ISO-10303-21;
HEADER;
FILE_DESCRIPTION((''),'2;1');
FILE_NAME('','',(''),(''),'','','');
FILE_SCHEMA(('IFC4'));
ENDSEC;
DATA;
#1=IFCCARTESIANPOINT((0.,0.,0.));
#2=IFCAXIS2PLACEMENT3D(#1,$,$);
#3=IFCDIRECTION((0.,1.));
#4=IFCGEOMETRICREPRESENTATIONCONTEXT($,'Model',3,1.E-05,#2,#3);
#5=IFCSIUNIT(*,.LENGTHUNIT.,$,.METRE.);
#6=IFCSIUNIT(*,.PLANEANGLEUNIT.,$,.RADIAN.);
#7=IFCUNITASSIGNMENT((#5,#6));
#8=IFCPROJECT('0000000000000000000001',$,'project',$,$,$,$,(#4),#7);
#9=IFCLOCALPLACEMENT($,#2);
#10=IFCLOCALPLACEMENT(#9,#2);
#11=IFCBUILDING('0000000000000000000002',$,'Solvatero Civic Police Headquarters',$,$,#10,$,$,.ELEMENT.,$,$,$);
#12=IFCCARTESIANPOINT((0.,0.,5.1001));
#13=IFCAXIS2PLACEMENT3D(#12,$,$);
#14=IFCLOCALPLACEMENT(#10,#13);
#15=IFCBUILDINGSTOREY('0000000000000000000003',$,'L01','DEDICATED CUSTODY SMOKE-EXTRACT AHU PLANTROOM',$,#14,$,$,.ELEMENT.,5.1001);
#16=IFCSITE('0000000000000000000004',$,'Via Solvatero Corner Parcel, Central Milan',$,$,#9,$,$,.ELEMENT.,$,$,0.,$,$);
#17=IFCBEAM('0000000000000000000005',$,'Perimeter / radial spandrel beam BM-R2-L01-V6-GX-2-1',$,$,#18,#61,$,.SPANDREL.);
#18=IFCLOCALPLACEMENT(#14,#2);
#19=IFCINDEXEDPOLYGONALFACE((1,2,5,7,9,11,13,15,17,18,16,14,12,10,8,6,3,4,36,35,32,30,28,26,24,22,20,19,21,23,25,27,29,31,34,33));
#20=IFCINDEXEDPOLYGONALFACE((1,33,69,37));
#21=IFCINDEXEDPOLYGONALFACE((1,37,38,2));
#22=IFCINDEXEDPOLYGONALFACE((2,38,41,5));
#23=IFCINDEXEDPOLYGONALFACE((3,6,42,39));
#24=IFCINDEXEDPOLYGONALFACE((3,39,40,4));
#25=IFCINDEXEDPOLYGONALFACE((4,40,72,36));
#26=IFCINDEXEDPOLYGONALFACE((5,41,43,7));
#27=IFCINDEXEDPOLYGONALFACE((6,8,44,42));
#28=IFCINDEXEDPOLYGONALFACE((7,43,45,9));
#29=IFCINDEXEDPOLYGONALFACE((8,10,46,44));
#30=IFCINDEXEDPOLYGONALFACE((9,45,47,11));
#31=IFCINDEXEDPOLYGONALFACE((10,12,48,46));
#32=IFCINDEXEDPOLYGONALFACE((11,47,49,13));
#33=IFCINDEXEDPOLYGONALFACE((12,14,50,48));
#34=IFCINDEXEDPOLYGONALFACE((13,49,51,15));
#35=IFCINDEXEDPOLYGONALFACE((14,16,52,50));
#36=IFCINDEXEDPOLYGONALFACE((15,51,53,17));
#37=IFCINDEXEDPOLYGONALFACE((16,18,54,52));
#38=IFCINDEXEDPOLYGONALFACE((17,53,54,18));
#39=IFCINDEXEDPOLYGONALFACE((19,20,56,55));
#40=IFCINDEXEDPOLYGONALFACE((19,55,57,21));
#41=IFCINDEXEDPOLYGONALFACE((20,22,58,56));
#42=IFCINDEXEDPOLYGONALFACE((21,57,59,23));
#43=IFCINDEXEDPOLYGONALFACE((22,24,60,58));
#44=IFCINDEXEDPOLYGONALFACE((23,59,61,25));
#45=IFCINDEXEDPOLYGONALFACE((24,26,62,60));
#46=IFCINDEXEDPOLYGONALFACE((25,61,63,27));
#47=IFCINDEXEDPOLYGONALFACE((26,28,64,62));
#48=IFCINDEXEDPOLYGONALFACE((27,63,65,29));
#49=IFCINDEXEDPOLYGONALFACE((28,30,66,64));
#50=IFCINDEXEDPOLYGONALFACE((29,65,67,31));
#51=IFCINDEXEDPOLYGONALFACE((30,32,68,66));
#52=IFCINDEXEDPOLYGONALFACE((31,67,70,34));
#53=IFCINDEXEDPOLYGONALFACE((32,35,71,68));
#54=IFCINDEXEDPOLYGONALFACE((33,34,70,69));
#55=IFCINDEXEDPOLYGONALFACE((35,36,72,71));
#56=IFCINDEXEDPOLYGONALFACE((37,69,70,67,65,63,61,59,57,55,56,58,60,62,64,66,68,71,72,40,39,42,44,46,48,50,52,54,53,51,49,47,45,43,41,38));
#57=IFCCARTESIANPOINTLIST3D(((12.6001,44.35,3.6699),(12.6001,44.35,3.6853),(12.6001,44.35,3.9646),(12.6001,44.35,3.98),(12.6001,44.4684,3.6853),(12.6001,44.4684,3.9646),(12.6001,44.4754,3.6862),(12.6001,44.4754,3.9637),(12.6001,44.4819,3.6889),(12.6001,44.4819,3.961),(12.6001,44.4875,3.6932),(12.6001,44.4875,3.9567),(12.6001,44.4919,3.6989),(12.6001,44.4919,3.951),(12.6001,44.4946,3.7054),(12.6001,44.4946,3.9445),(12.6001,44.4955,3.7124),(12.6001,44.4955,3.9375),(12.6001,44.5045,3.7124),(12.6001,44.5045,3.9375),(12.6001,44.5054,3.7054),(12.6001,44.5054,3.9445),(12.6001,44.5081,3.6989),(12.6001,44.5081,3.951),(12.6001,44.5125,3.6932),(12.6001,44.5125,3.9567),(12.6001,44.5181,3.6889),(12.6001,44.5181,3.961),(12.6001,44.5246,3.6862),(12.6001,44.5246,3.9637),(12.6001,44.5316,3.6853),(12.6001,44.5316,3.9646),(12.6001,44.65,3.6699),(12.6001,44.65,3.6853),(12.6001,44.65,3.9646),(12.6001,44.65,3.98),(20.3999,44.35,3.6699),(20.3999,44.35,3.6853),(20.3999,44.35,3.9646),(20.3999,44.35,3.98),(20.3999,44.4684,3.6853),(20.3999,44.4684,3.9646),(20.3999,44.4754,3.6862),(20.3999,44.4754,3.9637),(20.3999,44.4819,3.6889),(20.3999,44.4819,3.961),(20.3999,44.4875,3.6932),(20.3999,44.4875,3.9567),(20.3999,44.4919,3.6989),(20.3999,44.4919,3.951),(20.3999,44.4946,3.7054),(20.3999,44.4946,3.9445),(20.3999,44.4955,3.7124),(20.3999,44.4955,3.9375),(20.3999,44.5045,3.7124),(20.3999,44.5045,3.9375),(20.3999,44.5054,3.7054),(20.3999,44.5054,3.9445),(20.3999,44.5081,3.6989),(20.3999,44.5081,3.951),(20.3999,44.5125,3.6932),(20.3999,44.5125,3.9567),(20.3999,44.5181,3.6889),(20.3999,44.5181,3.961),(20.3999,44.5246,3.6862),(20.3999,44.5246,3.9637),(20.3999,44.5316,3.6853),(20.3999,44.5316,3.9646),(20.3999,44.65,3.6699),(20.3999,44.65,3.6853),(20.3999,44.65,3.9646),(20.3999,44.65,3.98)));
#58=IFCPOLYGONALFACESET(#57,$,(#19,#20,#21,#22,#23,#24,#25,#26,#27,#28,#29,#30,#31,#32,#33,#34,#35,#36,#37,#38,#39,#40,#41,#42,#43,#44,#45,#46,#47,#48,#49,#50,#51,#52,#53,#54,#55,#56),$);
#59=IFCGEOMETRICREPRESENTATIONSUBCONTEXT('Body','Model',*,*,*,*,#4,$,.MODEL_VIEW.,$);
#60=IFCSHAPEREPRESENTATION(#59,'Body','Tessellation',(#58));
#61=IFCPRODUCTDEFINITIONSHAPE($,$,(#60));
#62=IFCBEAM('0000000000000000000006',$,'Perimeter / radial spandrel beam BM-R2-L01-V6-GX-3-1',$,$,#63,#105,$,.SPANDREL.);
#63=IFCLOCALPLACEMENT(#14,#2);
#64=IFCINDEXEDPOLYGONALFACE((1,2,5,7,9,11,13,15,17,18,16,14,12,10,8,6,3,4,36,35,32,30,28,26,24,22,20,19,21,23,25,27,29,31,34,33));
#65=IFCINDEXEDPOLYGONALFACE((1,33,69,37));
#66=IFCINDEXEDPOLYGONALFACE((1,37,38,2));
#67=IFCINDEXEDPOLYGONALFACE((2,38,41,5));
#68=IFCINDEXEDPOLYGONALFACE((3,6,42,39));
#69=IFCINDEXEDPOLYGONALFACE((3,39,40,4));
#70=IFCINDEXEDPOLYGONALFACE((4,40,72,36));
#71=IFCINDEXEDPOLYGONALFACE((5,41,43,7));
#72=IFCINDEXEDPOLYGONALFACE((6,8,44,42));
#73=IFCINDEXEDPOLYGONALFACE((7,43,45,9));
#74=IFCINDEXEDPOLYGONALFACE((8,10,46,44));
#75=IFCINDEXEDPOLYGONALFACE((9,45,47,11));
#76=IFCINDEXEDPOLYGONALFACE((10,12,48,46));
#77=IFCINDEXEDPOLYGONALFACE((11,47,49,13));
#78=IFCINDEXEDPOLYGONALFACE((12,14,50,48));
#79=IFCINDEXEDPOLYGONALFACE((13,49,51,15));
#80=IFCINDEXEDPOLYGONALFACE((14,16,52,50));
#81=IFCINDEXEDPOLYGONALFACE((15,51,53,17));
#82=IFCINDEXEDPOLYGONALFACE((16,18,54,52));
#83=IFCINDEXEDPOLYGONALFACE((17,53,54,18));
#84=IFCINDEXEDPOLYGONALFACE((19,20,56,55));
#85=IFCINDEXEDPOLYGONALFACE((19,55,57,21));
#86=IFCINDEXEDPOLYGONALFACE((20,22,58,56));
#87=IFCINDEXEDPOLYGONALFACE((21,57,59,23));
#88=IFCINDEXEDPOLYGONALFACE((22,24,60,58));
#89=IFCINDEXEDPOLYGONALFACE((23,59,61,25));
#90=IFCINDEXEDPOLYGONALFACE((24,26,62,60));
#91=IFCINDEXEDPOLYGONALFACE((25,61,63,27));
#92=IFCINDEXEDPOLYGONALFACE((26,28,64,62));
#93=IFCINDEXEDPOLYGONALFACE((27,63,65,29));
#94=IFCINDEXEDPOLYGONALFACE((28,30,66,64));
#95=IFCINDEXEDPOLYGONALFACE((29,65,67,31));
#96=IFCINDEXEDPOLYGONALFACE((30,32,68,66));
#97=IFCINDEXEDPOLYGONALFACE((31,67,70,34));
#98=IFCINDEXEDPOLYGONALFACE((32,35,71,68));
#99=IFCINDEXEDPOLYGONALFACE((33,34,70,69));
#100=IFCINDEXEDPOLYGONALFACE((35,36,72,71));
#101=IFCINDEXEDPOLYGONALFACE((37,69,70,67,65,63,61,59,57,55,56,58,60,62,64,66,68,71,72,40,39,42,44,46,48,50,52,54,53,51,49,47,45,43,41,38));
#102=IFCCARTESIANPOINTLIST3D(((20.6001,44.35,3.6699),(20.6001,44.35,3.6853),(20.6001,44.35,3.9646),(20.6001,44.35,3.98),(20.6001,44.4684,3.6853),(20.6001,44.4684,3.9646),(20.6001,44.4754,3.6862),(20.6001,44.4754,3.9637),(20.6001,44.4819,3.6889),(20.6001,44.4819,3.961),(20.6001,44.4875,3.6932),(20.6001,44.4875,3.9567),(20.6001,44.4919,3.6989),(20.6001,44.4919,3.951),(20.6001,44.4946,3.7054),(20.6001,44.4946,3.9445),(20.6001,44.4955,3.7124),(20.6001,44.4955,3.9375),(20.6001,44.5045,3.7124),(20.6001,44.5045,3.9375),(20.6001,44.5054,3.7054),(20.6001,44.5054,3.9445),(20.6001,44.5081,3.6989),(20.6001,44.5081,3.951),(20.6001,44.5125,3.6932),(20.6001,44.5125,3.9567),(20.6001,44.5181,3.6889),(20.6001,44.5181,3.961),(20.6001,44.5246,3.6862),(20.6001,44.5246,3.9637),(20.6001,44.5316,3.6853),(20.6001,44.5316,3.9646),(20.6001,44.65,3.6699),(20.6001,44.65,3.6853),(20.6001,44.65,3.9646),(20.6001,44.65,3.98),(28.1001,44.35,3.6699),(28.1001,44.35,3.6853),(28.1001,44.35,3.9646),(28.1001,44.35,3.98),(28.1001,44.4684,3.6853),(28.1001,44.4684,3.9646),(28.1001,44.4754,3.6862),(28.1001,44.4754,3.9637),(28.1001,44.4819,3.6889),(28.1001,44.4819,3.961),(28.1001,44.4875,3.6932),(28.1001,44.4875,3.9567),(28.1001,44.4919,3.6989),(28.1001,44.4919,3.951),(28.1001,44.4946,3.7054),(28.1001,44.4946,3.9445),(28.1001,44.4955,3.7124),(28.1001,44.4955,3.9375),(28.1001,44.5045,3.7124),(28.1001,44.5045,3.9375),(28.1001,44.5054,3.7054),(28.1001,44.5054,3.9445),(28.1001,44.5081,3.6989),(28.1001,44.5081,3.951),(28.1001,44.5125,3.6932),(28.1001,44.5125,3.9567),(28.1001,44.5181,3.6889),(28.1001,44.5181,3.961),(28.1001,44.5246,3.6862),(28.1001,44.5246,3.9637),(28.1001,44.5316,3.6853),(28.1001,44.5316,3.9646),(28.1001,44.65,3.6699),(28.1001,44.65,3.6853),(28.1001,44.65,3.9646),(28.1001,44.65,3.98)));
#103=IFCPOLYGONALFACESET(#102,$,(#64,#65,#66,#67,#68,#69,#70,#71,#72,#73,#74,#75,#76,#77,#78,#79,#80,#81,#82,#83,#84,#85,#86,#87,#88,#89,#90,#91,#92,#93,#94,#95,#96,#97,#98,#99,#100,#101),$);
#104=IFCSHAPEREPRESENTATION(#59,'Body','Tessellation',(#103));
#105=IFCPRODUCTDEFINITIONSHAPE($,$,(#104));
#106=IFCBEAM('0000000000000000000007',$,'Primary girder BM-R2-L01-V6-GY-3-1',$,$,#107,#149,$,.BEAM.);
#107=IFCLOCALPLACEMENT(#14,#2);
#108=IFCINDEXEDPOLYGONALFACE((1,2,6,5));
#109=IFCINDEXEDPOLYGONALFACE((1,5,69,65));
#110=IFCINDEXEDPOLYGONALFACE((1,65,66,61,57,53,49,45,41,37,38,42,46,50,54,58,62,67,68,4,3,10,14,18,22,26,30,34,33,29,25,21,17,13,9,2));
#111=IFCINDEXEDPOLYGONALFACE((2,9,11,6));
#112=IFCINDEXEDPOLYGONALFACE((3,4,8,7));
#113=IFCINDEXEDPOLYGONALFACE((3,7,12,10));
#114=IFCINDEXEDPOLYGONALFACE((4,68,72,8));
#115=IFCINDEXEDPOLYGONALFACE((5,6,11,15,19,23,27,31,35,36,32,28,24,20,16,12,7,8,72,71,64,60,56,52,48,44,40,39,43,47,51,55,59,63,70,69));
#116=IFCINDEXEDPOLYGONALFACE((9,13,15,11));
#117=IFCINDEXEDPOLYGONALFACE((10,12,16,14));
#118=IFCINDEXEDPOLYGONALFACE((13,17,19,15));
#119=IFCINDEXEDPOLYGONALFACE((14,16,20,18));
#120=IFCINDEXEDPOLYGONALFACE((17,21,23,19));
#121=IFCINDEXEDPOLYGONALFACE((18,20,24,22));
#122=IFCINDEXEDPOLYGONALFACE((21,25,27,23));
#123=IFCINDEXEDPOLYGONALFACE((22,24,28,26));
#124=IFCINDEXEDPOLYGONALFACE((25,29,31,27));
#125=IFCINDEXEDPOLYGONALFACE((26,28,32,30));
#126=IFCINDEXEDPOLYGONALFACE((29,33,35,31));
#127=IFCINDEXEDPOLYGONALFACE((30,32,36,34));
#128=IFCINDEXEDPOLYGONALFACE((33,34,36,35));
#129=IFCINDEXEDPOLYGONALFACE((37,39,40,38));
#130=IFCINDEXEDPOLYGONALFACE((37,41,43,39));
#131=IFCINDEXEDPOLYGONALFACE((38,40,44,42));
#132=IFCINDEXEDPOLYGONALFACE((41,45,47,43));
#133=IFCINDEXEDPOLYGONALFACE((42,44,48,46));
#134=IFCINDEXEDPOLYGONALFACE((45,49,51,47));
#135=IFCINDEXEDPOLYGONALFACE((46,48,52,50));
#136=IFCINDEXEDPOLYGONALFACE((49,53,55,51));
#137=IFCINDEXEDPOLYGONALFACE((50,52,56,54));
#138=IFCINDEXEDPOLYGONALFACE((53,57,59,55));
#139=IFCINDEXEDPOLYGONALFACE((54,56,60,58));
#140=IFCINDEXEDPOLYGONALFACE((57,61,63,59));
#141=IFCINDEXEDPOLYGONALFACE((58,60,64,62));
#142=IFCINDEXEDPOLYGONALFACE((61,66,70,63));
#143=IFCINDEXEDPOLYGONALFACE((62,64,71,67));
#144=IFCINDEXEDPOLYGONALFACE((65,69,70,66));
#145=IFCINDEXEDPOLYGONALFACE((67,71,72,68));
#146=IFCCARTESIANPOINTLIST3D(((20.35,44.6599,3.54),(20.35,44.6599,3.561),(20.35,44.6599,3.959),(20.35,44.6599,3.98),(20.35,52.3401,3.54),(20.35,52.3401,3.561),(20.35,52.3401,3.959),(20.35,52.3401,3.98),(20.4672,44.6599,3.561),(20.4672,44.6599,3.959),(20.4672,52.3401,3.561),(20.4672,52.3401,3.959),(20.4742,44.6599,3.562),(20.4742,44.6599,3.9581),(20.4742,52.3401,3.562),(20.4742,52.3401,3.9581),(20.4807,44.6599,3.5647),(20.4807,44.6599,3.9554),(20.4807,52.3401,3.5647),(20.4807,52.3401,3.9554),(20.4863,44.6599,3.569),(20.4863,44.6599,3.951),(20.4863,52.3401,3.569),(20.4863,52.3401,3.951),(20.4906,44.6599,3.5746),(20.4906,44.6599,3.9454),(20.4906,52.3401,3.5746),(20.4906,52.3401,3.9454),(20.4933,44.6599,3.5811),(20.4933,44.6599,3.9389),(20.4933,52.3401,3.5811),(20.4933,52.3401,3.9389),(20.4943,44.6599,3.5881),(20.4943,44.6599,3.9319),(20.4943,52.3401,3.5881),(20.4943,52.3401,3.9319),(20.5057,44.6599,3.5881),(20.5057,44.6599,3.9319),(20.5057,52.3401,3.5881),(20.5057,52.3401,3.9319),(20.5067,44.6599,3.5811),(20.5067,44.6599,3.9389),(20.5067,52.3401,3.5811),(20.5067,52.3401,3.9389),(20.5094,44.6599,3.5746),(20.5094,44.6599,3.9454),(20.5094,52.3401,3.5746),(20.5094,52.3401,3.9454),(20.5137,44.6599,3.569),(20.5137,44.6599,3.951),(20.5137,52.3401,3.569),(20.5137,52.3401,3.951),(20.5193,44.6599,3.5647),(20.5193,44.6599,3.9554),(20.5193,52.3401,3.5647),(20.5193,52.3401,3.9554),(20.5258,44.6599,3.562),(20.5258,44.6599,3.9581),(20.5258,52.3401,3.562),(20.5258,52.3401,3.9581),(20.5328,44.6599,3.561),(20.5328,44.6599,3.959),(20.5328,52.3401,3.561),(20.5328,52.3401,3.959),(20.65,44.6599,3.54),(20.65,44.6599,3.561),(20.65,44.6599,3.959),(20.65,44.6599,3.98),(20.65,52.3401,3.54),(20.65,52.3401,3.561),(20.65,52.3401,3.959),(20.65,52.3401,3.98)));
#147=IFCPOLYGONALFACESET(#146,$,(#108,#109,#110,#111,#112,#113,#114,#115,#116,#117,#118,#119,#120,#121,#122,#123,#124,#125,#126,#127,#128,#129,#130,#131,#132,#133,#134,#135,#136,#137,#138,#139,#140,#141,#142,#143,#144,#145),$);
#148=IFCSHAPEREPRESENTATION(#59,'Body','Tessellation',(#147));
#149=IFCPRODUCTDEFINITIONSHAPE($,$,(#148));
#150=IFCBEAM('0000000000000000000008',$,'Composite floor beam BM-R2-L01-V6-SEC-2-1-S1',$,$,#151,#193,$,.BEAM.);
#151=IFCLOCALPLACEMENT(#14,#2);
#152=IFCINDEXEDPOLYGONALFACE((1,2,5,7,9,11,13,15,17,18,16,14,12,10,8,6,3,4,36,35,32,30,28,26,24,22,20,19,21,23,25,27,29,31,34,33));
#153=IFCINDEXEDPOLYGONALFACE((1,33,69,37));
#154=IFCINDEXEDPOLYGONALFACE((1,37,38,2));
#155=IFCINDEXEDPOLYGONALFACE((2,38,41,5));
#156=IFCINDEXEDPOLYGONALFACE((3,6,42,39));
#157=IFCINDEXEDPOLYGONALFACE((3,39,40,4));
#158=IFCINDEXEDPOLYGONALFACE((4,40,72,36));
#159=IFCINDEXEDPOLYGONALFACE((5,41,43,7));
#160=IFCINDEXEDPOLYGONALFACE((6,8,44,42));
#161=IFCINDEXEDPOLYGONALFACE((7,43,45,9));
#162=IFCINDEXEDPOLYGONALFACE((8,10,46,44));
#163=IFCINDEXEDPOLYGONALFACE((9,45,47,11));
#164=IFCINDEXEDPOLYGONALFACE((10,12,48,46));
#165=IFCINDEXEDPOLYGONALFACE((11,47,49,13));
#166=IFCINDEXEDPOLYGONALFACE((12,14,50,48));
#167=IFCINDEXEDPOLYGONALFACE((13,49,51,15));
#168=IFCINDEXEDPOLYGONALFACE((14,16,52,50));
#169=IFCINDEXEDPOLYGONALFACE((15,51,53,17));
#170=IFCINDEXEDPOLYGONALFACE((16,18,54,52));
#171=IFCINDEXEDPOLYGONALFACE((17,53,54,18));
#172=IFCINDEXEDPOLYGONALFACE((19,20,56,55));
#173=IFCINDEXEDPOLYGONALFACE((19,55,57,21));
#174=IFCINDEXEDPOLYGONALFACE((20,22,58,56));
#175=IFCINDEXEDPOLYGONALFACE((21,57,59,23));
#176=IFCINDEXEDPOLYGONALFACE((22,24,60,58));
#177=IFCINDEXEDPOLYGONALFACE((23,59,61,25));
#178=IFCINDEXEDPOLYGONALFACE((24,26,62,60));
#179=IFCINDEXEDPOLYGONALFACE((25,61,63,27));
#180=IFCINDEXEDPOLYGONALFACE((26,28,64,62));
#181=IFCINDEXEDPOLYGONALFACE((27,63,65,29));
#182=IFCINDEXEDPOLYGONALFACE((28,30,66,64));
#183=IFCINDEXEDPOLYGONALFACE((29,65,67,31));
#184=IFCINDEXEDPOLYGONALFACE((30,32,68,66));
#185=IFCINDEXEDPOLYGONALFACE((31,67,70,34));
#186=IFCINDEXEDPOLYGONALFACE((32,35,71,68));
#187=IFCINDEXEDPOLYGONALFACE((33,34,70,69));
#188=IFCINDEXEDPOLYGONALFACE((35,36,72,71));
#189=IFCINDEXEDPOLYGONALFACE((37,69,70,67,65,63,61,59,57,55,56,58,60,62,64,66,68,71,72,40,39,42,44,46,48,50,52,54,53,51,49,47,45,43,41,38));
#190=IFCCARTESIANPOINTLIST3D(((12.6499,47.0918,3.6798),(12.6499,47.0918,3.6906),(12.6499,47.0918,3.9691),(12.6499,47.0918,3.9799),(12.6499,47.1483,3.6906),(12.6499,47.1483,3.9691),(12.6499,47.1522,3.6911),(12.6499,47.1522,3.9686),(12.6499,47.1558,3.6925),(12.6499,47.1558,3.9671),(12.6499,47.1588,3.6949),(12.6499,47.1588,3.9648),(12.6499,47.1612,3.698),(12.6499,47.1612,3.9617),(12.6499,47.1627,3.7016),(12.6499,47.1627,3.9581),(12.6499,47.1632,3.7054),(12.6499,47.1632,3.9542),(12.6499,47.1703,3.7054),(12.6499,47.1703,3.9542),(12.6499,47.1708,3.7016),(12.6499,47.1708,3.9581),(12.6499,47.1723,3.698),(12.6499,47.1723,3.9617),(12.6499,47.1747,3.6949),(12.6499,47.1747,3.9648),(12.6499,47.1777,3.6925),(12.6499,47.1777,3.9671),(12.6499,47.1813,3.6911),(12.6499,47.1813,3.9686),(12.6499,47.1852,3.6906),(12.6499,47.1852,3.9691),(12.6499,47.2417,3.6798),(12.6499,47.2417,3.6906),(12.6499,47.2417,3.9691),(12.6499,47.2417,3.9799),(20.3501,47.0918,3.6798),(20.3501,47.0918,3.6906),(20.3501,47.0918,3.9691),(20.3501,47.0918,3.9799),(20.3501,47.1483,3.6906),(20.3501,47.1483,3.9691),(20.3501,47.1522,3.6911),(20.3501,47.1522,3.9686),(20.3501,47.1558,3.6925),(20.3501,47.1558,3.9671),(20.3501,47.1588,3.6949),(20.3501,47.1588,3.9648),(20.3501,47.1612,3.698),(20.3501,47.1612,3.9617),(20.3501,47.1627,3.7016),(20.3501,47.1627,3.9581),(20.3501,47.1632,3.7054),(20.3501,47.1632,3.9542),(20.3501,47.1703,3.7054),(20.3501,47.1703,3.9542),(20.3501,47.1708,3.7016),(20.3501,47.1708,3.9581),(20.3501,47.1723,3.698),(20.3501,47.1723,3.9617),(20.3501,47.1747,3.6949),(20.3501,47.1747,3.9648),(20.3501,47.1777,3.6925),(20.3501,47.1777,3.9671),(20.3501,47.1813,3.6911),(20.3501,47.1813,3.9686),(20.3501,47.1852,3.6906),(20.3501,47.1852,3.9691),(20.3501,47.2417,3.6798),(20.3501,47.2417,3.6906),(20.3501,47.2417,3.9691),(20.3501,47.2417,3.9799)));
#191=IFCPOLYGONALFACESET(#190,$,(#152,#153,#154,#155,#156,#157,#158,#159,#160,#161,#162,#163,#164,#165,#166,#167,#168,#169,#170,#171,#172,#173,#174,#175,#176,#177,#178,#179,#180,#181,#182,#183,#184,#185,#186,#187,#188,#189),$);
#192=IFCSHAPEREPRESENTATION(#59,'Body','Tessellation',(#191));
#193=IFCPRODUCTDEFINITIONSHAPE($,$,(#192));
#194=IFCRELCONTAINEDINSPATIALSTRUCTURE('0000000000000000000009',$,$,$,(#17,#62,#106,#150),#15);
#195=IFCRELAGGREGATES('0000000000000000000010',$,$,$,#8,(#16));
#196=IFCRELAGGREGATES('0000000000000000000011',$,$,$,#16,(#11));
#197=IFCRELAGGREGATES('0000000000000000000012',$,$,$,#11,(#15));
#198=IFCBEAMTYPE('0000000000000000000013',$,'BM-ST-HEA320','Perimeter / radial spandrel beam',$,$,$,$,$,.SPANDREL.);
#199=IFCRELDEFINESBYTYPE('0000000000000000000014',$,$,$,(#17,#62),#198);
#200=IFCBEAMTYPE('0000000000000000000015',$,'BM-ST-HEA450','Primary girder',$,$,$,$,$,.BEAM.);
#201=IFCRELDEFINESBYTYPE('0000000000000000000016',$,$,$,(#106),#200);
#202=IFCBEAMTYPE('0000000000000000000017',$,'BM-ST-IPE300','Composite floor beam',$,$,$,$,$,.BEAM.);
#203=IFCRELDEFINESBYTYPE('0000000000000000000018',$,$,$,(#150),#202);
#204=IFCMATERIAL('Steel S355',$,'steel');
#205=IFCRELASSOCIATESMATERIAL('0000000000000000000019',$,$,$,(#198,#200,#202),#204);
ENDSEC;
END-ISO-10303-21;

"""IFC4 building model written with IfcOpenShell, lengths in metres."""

from ifc_helpers import new_model, si_unit, direction, frame, origin, origin_2d, place, context, subcontext, project, spatial, i_section, extrude, material, material_profile, profile_set, type_object, element, save


model = new_model("IFC4")

# Units and contexts
model_context = context("Model", 3, precision=1e-05, world=origin(), true_north=direction((0.0, 1.0)))
body_context = subcontext(model_context, "Body", "Model", "MODEL_VIEW")
ifc_project = project(units=[si_unit("LENGTHUNIT", "METRE"), si_unit("PLANEANGLEUNIT", "RADIAN")], contexts=[model_context])

# Site, building, storey
site_placement = place(None, origin())
site = spatial("IfcSite", under=ifc_project, at=site_placement, Name="Via Solvatero Corner Parcel, Central Milan", CompositionType="ELEMENT", RefElevation=0.0)
building_placement = place(site_placement, origin())
building = spatial("IfcBuilding", under=site, at=building_placement, Name="Solvatero Civic Police Headquarters", CompositionType="ELEMENT")
storey_placement = place(building_placement, frame((0.0, 0.0, 5.1001)))
storey = spatial("IfcBuildingStorey", under=building, at=storey_placement, Name="L01", Description="DEDICATED CUSTODY SMOKE-EXTRACT AHU PLANTROOM", CompositionType="ELEMENT", Elevation=5.1001)

# Shared definitions
ifc_material_1 = material(Name="Steel S355", Category="steel")

# Beams
ifc_material_profile_1 = material_profile(ifc_material_1, i_section(OverallWidth=0.3, OverallDepth=0.3101, WebThickness=0.009, FlangeThickness=0.0154, FilletRadius=0.0271, at=origin_2d()), Name="HEA 320")
ifc_profile_set_1 = profile_set([ifc_material_profile_1], Name="Steel S355")
beam_type_1 = type_object("IfcBeamType", Name="BM-ST-HEA320", Description="Perimeter / radial spandrel beam", PredefinedType="SPANDREL", material=ifc_profile_set_1)
beam_1_placement = place(storey_placement, frame((12.6001, 44.5, 3.825), z_axis=(1.0, 0.0, 0.0), x_axis=(0.0, 1.0, 0.0)))
element("IfcBeam", 1, at=beam_1_placement, inside=storey, type_object=beam_type_1, Name="Perimeter / radial spandrel beam BM-R2-L01-V6-GX-2-1", PredefinedType="SPANDREL", context=body_context, shape_type="SweptSolid", body=[
    extrude(i_section(OverallWidth=0.3, OverallDepth=0.3101, WebThickness=0.009, FlangeThickness=0.0154, FilletRadius=0.0271, at=origin_2d()), origin(), (0.0, 0.0, 1.0), 7.7998),
])
beam_2_placement = place(storey_placement, frame((20.6001, 44.5, 3.825), z_axis=(1.0, 0.0, 0.0), x_axis=(0.0, 1.0, 0.0)))
element("IfcBeam", 2, at=beam_2_placement, inside=storey, type_object=beam_type_1, Name="Perimeter / radial spandrel beam BM-R2-L01-V6-GX-3-1", PredefinedType="SPANDREL", context=body_context, shape_type="SweptSolid", body=[
    extrude(i_section(OverallWidth=0.3, OverallDepth=0.3101, WebThickness=0.009, FlangeThickness=0.0154, FilletRadius=0.0271, at=origin_2d()), origin(), (0.0, 0.0, 1.0), 7.5),
])
ifc_material_profile_2 = material_profile(ifc_material_1, i_section(OverallWidth=0.3, OverallDepth=0.4399, WebThickness=0.0115, FlangeThickness=0.021, FilletRadius=0.0271, at=origin_2d()), Name="HEA 450")
ifc_profile_set_2 = profile_set([ifc_material_profile_2], Name="Steel S355")
beam_type_2 = type_object("IfcBeamType", Name="BM-ST-HEA450", Description="Primary girder", PredefinedType="BEAM", material=ifc_profile_set_2)
beam_3_placement = place(storey_placement, frame((20.5, 44.6599, 3.76), z_axis=(0.0, 1.0, 0.0), x_axis=(-1.0, 0.0, 0.0)))
element("IfcBeam", 3, at=beam_3_placement, inside=storey, type_object=beam_type_2, Name="Primary girder BM-R2-L01-V6-GY-3-1", PredefinedType="BEAM", context=body_context, shape_type="SweptSolid", body=[
    extrude(i_section(OverallWidth=0.3, OverallDepth=0.4399, WebThickness=0.0115, FlangeThickness=0.021, FilletRadius=0.0271, at=origin_2d()), origin(), (0.0, 0.0, 1.0), 7.6802),
])
ifc_material_profile_3 = material_profile(ifc_material_1, i_section(OverallWidth=0.1499, OverallDepth=0.3, WebThickness=0.0071, FlangeThickness=0.0107, FilletRadius=0.0149, at=origin_2d()), Name="IPE 300")
ifc_profile_set_3 = profile_set([ifc_material_profile_3], Name="Steel S355")
beam_type_3 = type_object("IfcBeamType", Name="BM-ST-IPE300", Description="Composite floor beam", PredefinedType="BEAM", material=ifc_profile_set_3)
beam_4_placement = place(storey_placement, frame((12.6499, 47.1667, 3.8298), z_axis=(1.0, 0.0, 0.0), x_axis=(0.0, 1.0, 0.0)))
element("IfcBeam", 4, at=beam_4_placement, inside=storey, type_object=beam_type_3, Name="Composite floor beam BM-R2-L01-V6-SEC-2-1-S1", PredefinedType="BEAM", context=body_context, shape_type="SweptSolid", body=[
    extrude(i_section(OverallWidth=0.1499, OverallDepth=0.3, WebThickness=0.0071, FlangeThickness=0.0107, FilletRadius=0.0149, at=origin_2d()), origin(), (0.0, 0.0, 1.0), 7.7002),
])

save(model, "model.ifc")
